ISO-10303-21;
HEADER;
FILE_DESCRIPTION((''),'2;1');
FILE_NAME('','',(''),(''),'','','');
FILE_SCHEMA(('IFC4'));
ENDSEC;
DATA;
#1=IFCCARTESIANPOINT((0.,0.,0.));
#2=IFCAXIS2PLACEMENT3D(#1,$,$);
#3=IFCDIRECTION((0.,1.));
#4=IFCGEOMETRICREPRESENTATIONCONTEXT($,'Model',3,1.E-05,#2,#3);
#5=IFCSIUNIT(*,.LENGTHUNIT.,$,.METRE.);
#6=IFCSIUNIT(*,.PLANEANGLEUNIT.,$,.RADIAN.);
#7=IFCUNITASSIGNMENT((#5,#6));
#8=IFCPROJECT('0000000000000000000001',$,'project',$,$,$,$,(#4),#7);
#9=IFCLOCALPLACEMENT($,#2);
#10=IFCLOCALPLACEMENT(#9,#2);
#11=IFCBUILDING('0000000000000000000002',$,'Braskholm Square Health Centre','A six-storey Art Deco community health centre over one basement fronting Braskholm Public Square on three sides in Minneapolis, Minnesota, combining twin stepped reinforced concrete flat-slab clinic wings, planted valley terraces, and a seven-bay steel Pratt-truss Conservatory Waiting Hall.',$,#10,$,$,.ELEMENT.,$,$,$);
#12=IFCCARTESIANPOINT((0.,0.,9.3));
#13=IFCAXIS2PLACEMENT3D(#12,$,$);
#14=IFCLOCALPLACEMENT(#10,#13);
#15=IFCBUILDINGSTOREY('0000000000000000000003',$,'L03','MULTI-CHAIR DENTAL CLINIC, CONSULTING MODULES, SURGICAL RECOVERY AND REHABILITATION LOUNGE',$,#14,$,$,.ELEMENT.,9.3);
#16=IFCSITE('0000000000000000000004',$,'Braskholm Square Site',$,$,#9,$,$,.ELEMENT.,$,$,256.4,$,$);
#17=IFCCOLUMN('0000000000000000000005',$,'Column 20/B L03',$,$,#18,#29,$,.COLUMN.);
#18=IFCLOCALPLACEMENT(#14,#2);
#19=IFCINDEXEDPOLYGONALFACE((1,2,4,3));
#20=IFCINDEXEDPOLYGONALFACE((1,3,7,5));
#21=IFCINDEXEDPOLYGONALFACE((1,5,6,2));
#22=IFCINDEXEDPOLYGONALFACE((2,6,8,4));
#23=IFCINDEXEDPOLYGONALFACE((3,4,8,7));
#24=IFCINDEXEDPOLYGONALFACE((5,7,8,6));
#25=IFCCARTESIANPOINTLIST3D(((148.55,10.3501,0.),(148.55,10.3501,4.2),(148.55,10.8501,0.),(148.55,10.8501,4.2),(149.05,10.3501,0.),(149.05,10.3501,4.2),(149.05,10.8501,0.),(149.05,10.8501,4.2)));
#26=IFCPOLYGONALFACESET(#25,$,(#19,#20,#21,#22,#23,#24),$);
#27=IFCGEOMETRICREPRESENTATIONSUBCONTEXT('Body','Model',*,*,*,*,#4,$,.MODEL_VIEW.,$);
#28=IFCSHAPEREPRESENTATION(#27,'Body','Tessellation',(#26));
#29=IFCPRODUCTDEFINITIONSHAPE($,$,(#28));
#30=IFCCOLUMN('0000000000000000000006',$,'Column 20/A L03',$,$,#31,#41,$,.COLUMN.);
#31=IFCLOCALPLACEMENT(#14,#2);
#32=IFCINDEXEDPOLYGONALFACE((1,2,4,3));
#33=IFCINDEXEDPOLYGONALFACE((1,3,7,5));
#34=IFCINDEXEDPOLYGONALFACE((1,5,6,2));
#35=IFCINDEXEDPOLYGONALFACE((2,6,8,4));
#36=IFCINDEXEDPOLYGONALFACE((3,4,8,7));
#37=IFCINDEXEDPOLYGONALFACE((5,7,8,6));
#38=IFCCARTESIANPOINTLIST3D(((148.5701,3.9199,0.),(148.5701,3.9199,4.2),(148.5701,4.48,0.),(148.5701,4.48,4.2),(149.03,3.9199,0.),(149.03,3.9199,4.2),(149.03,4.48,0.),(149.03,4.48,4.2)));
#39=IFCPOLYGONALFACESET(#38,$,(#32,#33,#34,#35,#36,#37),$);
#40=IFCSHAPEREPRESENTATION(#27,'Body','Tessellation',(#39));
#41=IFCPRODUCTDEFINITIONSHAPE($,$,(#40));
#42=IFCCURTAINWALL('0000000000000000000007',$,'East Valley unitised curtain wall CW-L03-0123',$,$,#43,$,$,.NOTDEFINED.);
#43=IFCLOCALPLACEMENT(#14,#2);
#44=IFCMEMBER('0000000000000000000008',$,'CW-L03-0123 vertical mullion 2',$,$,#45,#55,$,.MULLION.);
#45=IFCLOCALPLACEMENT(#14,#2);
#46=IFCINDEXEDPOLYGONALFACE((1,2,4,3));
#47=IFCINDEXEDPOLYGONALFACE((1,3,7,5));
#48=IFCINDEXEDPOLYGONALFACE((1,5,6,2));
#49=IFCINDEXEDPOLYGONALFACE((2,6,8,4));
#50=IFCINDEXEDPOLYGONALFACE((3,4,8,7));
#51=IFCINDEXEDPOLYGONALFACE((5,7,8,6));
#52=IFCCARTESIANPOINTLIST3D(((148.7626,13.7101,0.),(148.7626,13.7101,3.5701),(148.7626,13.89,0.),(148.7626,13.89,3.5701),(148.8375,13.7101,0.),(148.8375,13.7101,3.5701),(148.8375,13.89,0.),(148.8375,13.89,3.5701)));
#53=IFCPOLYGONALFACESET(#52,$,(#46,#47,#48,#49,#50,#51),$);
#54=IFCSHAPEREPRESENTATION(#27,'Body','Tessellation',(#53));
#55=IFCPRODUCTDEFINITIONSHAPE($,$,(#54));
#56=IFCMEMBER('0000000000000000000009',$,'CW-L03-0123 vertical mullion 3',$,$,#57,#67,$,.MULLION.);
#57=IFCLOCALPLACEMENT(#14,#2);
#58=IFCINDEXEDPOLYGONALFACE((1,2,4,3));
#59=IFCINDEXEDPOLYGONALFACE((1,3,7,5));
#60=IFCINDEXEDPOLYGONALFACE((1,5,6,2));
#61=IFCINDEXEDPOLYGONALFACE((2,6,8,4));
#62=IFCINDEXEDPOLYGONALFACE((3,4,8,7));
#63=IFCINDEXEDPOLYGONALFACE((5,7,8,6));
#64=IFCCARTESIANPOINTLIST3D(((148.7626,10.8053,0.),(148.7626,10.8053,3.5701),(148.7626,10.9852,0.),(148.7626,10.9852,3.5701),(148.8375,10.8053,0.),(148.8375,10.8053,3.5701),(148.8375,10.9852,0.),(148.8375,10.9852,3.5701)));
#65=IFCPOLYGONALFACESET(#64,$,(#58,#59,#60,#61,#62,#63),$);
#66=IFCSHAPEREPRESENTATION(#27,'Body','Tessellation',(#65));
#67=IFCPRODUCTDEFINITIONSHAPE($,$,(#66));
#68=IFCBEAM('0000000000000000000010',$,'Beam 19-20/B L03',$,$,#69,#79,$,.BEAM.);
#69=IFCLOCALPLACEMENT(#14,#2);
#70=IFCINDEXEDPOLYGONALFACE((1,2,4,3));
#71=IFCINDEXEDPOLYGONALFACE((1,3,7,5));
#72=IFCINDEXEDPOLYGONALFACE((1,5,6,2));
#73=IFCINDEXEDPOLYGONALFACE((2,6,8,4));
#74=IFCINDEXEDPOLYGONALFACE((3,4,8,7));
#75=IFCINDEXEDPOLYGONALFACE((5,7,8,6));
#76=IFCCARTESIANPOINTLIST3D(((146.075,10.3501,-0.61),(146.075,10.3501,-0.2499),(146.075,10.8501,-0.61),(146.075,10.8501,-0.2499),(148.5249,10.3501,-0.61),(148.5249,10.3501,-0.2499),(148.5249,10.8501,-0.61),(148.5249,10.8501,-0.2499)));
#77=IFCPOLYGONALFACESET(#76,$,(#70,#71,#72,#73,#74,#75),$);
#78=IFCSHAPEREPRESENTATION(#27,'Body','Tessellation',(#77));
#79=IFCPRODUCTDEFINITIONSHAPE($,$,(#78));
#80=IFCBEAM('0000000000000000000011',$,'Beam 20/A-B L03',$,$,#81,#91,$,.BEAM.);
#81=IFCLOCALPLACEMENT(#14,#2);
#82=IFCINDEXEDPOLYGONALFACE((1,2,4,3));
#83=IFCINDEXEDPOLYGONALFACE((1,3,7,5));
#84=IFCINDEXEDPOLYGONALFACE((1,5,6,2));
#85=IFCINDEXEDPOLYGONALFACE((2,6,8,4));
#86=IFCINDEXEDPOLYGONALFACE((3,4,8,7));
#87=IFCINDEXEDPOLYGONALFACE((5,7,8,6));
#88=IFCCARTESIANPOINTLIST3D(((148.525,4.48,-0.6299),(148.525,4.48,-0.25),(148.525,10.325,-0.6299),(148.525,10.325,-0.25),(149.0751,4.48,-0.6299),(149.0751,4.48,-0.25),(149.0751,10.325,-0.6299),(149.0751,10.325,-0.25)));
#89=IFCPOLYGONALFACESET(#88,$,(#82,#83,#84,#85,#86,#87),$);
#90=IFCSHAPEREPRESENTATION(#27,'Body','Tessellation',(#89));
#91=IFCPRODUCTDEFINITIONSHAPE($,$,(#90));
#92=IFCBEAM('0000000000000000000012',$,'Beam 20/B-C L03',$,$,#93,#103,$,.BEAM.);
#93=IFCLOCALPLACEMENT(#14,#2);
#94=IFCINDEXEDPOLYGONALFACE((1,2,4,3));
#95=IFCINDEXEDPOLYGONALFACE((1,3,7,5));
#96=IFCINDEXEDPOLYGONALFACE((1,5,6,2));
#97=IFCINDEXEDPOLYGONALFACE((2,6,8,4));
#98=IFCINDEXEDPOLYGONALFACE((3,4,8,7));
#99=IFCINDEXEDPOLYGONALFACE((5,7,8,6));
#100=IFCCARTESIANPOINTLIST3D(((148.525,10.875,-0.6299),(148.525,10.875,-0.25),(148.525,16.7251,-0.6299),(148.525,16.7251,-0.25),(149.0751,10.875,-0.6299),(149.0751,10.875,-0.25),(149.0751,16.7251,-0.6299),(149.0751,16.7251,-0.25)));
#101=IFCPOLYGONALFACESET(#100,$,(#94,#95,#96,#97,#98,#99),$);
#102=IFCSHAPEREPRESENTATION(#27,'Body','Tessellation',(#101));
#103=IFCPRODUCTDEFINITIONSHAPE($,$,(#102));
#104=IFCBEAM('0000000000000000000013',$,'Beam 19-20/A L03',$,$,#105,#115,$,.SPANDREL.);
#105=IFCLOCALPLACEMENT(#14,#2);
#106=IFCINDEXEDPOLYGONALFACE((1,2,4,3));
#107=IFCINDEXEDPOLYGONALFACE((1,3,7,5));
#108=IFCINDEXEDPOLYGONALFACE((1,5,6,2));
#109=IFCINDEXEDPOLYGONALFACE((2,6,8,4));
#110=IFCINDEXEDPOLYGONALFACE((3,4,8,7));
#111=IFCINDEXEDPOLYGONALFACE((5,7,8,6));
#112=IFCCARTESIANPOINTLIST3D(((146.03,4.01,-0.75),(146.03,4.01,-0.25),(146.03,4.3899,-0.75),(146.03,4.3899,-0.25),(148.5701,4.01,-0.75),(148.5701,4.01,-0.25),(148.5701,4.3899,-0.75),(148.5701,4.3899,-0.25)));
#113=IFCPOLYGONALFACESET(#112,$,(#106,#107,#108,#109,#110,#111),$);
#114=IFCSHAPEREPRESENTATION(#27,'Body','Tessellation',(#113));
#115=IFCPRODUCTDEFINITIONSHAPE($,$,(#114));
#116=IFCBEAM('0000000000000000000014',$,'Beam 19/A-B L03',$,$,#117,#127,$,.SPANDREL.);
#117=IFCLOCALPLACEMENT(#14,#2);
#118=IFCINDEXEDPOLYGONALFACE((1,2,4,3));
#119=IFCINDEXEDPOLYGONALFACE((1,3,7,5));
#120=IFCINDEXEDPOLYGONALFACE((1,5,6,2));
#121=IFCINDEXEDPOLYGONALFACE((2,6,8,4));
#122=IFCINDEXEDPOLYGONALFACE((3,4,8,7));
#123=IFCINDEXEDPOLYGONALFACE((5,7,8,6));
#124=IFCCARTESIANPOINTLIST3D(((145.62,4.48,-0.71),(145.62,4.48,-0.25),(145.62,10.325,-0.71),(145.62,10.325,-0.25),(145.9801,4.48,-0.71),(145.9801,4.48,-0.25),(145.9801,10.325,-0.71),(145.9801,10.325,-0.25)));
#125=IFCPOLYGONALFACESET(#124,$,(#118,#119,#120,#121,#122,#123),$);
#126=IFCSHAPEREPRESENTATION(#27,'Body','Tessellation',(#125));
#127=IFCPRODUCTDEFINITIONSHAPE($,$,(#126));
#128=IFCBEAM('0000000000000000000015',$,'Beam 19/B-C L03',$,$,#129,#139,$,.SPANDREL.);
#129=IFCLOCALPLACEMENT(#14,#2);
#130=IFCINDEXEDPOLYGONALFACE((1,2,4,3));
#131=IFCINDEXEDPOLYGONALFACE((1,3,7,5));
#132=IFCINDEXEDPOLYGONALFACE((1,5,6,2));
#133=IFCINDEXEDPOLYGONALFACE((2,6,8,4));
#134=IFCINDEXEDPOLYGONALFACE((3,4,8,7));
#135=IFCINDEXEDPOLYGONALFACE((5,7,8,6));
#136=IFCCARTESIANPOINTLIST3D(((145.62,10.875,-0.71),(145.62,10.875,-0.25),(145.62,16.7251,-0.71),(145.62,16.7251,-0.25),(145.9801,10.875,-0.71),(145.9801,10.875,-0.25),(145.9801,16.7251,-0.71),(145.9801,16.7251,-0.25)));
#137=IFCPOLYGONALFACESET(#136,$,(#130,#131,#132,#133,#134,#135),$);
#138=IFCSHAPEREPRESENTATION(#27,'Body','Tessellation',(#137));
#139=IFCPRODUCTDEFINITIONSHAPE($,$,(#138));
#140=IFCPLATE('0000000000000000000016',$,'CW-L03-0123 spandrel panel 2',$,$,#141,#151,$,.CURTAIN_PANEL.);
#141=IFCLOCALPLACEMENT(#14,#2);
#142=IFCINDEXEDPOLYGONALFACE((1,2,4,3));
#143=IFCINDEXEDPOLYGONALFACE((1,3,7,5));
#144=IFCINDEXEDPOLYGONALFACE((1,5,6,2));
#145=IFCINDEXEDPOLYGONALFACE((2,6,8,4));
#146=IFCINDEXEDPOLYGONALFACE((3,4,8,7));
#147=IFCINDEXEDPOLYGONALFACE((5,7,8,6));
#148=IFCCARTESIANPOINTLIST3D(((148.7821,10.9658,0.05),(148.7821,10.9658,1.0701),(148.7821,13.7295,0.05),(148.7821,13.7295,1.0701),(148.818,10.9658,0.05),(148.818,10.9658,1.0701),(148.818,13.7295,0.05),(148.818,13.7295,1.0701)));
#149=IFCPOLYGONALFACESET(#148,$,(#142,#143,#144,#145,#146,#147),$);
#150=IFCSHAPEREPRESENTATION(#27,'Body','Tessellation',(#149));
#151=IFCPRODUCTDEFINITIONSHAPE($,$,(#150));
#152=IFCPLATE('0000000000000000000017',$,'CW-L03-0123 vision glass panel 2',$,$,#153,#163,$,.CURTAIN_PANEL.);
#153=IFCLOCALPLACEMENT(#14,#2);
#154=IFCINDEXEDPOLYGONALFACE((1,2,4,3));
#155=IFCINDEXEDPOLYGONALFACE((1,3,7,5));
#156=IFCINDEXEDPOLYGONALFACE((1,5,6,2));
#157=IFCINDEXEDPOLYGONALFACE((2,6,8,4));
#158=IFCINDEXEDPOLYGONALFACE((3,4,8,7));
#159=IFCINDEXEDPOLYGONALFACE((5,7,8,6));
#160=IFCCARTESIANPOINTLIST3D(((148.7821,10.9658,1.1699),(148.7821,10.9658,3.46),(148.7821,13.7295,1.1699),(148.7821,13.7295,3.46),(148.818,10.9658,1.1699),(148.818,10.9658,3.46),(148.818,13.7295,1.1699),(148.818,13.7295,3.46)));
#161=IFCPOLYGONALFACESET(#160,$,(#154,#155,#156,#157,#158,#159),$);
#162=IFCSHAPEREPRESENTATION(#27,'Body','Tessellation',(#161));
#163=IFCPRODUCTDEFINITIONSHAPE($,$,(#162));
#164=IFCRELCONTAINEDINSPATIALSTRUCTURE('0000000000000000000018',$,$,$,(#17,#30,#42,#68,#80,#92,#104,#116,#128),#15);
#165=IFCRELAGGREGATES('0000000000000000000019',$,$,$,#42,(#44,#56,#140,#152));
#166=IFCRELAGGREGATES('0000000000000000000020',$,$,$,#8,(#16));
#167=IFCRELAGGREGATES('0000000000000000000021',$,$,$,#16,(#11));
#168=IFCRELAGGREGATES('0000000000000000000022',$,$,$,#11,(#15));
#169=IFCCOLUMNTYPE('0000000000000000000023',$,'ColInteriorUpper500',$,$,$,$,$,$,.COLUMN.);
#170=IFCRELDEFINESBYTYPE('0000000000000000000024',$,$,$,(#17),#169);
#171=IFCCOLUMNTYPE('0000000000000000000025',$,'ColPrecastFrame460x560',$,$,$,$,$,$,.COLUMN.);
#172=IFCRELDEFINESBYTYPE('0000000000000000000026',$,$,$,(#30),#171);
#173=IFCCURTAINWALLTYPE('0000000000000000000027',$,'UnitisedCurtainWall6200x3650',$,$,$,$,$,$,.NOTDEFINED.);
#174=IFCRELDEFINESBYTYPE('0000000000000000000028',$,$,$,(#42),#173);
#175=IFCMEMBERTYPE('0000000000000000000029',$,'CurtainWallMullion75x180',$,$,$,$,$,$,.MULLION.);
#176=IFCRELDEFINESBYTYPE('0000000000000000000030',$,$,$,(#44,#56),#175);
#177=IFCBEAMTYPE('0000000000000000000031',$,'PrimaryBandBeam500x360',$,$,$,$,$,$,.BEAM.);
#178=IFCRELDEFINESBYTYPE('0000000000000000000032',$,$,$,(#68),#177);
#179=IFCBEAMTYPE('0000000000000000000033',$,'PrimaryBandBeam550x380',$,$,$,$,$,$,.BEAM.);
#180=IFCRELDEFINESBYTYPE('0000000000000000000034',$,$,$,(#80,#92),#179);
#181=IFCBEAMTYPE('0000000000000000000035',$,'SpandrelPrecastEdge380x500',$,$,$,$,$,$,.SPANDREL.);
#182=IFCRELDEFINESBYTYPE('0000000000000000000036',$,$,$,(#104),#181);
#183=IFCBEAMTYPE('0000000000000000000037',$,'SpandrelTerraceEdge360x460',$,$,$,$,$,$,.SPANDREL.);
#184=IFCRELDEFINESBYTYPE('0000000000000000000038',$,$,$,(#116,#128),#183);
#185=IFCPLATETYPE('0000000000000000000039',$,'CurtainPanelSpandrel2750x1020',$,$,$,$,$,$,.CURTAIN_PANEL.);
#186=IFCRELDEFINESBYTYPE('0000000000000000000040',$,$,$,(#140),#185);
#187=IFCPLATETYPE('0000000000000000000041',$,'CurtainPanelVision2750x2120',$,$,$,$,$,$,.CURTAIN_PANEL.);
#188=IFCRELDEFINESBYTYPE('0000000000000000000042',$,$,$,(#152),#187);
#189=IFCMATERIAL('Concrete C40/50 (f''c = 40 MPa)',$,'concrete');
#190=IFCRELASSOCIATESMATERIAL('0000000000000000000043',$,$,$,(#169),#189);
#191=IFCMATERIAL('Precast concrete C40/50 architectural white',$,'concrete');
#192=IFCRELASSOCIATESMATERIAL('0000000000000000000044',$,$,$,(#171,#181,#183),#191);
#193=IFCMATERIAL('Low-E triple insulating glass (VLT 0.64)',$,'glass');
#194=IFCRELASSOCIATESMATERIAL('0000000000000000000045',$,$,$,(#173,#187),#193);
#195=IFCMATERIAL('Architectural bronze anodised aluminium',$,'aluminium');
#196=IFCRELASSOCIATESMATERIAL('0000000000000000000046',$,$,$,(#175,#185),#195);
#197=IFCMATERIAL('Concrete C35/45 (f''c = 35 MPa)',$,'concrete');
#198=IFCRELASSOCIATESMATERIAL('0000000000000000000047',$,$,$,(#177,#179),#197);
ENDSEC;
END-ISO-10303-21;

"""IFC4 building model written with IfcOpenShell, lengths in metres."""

from ifc_helpers import new_model, si_unit, direction, frame, origin, origin_2d, place, context, subcontext, project, spatial, rectangle, extrude, material, material_profile, profile_set, type_object, element, aggregate, save


model = new_model("IFC4")

# Units and contexts
model_context = context("Model", 3, precision=1e-05, world=origin(), true_north=direction((0.0, 1.0)))
body_context = subcontext(model_context, "Body", "Model", "MODEL_VIEW")
ifc_project = project(units=[si_unit("LENGTHUNIT", "METRE"), si_unit("PLANEANGLEUNIT", "RADIAN")], contexts=[model_context])

# Site, building, storey
site_placement = place(None, origin())
site = spatial("IfcSite", under=ifc_project, at=site_placement, Name="Braskholm Square Site", CompositionType="ELEMENT", RefElevation=256.4)
building_placement = place(site_placement, origin())
building = spatial("IfcBuilding", under=site, at=building_placement, Name="Braskholm Square Health Centre", Description="A six-storey Art Deco community health centre over one basement fronting Braskholm Public Square on three sides in Minneapolis, Minnesota, combining twin stepped reinforced concrete flat-slab clinic wings, planted valley terraces, and a seven-bay steel Pratt-truss Conservatory Waiting Hall.", CompositionType="ELEMENT")
storey_placement = place(building_placement, frame((0.0, 0.0, 9.3)))
storey = spatial("IfcBuildingStorey", under=building, at=storey_placement, Name="L03", Description="MULTI-CHAIR DENTAL CLINIC, CONSULTING MODULES, SURGICAL RECOVERY AND REHABILITATION LOUNGE", CompositionType="ELEMENT", Elevation=9.3)

# Columns
ifc_material_1 = material(Name="Concrete C40/50 (f'c = 40 MPa)", Category="concrete")
ifc_material_profile_1 = material_profile(ifc_material_1, rectangle(XDim=0.5, YDim=0.5, at=origin_2d()), Name="RC-500X500")
ifc_profile_set_1 = profile_set([ifc_material_profile_1], Name="Concrete C40/50 (f'c = 40 MPa)")
column_type_1 = type_object("IfcColumnType", Name="ColInteriorUpper500", PredefinedType="COLUMN", material=ifc_profile_set_1)
column_1_placement = place(storey_placement, frame((148.8, 10.6001, 0.0), z_axis=(0.0, 0.0, 1.0), x_axis=(1.0, 0.0, 0.0)))
element("IfcColumn", 1, at=column_1_placement, inside=storey, type_object=column_type_1, Name="Column 20/B L03", PredefinedType="COLUMN", context=body_context, shape_type="SweptSolid", body=[
    extrude(rectangle(XDim=0.5, YDim=0.5, at=origin_2d()), origin(), (0.0, 0.0, 1.0), 4.2),
])
ifc_material_2 = material(Name="Precast concrete C40/50 architectural white", Category="concrete")
ifc_material_profile_2 = material_profile(ifc_material_2, rectangle(XDim=0.46, YDim=0.5601, at=origin_2d()), Name="RC-460X560")
ifc_profile_set_2 = profile_set([ifc_material_profile_2], Name="Precast concrete C40/50 architectural white")
column_type_2 = type_object("IfcColumnType", Name="ColPrecastFrame460x560", PredefinedType="COLUMN", material=ifc_profile_set_2)
column_2_placement = place(storey_placement, frame((148.8, 4.2, 0.0), z_axis=(0.0, 0.0, 1.0), x_axis=(1.0, 0.0, 0.0)))
element("IfcColumn", 2, at=column_2_placement, inside=storey, type_object=column_type_2, Name="Column 20/A L03", PredefinedType="COLUMN", context=body_context, shape_type="SweptSolid", body=[
    extrude(rectangle(XDim=0.46, YDim=0.5601, at=origin_2d()), origin(), (0.0, 0.0, 1.0), 4.2),
])

# Curtain wall, members
ifc_material_3 = material(Name="Low-E triple insulating glass (VLT 0.64)", Category="glass")
curtain_wall_type = type_object("IfcCurtainWallType", Name="UnitisedCurtainWall6200x3650", PredefinedType="NOTDEFINED", material=ifc_material_3)
curtain_wall_placement = place(storey_placement, origin())
curtain_wall = element("IfcCurtainWall", 3, at=curtain_wall_placement, inside=storey, type_object=curtain_wall_type, Name="East Valley unitised curtain wall CW-L03-0123", PredefinedType="NOTDEFINED")
ifc_material_4 = material(Name="Architectural bronze anodised aluminium", Category="aluminium")
ifc_material_profile_3 = material_profile(ifc_material_4, rectangle(XDim=0.075, YDim=0.1799, at=origin_2d()), Name="ALU-75X180")
ifc_profile_set_3 = profile_set([ifc_material_profile_3], Name="Architectural bronze anodised aluminium")
member_type = type_object("IfcMemberType", Name="CurtainWallMullion75x180", PredefinedType="MULLION", material=ifc_profile_set_3)
member_1_placement = place(storey_placement, frame((148.8, 13.8, 0.0), z_axis=(0.0, 0.0, 1.0), x_axis=(1.0, 0.0, 0.0)))
member_1 = element("IfcMember", 4, at=member_1_placement, type_object=member_type, Name="CW-L03-0123 vertical mullion 2", PredefinedType="MULLION", context=body_context, shape_type="SweptSolid", body=[
    extrude(rectangle(XDim=0.075, YDim=0.1799, at=origin_2d()), origin(), (0.0, 0.0, 1.0), 3.5701),
])
member_2_placement = place(storey_placement, frame((148.8, 10.8953, 0.0), z_axis=(0.0, 0.0, 1.0), x_axis=(1.0, 0.0, 0.0)))
member_2 = element("IfcMember", 5, at=member_2_placement, type_object=member_type, Name="CW-L03-0123 vertical mullion 3", PredefinedType="MULLION", context=body_context, shape_type="SweptSolid", body=[
    extrude(rectangle(XDim=0.075, YDim=0.1799, at=origin_2d()), origin(), (0.0, 0.0, 1.0), 3.5701),
])

# Beams
ifc_material_5 = material(Name="Concrete C35/45 (f'c = 35 MPa)", Category="concrete")
ifc_material_profile_4 = material_profile(ifc_material_5, rectangle(XDim=0.5, YDim=0.3601, at=origin_2d()), Name="RCB-500X360")
ifc_profile_set_4 = profile_set([ifc_material_profile_4], Name="Concrete C35/45 (f'c = 35 MPa)")
beam_type_1 = type_object("IfcBeamType", Name="PrimaryBandBeam500x360", PredefinedType="BEAM", material=ifc_profile_set_4)
beam_1_placement = place(storey_placement, frame((146.075, 10.6001, -0.4299), z_axis=(1.0, 0.0, 0.0), x_axis=(0.0, 1.0, 0.0)))
element("IfcBeam", 6, at=beam_1_placement, inside=storey, type_object=beam_type_1, Name="Beam 19-20/B L03", PredefinedType="BEAM", context=body_context, shape_type="SweptSolid", body=[
    extrude(rectangle(XDim=0.5, YDim=0.3601, at=origin_2d()), origin(), (0.0, 0.0, 1.0), 2.45),
])
ifc_material_profile_5 = material_profile(ifc_material_5, rectangle(XDim=0.55, YDim=0.3799, at=origin_2d()), Name="RCB-550X380")
ifc_profile_set_5 = profile_set([ifc_material_profile_5], Name="Concrete C35/45 (f'c = 35 MPa)")
beam_type_2 = type_object("IfcBeamType", Name="PrimaryBandBeam550x380", PredefinedType="BEAM", material=ifc_profile_set_5)
beam_2_placement = place(storey_placement, frame((148.8, 4.48, -0.4399), z_axis=(0.0, 1.0, 0.0), x_axis=(-1.0, 0.0, 0.0)))
element("IfcBeam", 7, at=beam_2_placement, inside=storey, type_object=beam_type_2, Name="Beam 20/A-B L03", PredefinedType="BEAM", context=body_context, shape_type="SweptSolid", body=[
    extrude(rectangle(XDim=0.55, YDim=0.3799, at=origin_2d()), origin(), (0.0, 0.0, 1.0), 5.845),
])
beam_3_placement = place(storey_placement, frame((148.8, 10.875, -0.4399), z_axis=(0.0, 1.0, 0.0), x_axis=(-1.0, 0.0, 0.0)))
element("IfcBeam", 8, at=beam_3_placement, inside=storey, type_object=beam_type_2, Name="Beam 20/B-C L03", PredefinedType="BEAM", context=body_context, shape_type="SweptSolid", body=[
    extrude(rectangle(XDim=0.55, YDim=0.3799, at=origin_2d()), origin(), (0.0, 0.0, 1.0), 5.8501),
])
ifc_material_profile_6 = material_profile(ifc_material_2, rectangle(XDim=0.3799, YDim=0.5, at=origin_2d()), Name="RCB-380X500")
ifc_profile_set_6 = profile_set([ifc_material_profile_6], Name="Precast concrete C40/50 architectural white")
beam_type_3 = type_object("IfcBeamType", Name="SpandrelPrecastEdge380x500", PredefinedType="SPANDREL", material=ifc_profile_set_6)
beam_4_placement = place(storey_placement, frame((146.03, 4.2, -0.5), z_axis=(1.0, 0.0, 0.0), x_axis=(0.0, 1.0, 0.0)))
element("IfcBeam", 9, at=beam_4_placement, inside=storey, type_object=beam_type_3, Name="Beam 19-20/A L03", PredefinedType="SPANDREL", context=body_context, shape_type="SweptSolid", body=[
    extrude(rectangle(XDim=0.3799, YDim=0.5, at=origin_2d()), origin(), (0.0, 0.0, 1.0), 2.54),
])
ifc_material_profile_7 = material_profile(ifc_material_2, rectangle(XDim=0.3601, YDim=0.46, at=origin_2d()), Name="RCB-360X460")
ifc_profile_set_7 = profile_set([ifc_material_profile_7], Name="Precast concrete C40/50 architectural white")
beam_type_4 = type_object("IfcBeamType", Name="SpandrelTerraceEdge360x460", PredefinedType="SPANDREL", material=ifc_profile_set_7)
beam_5_placement = place(storey_placement, frame((145.8, 4.48, -0.48), z_axis=(0.0, 1.0, 0.0), x_axis=(-1.0, 0.0, 0.0)))
element("IfcBeam", 10, at=beam_5_placement, inside=storey, type_object=beam_type_4, Name="Beam 19/A-B L03", PredefinedType="SPANDREL", context=body_context, shape_type="SweptSolid", body=[
    extrude(rectangle(XDim=0.3601, YDim=0.46, at=origin_2d()), origin(), (0.0, 0.0, 1.0), 5.845),
])
beam_6_placement = place(storey_placement, frame((145.8, 10.875, -0.48), z_axis=(0.0, 1.0, 0.0), x_axis=(-1.0, 0.0, 0.0)))
element("IfcBeam", 11, at=beam_6_placement, inside=storey, type_object=beam_type_4, Name="Beam 19/B-C L03", PredefinedType="SPANDREL", context=body_context, shape_type="SweptSolid", body=[
    extrude(rectangle(XDim=0.3601, YDim=0.46, at=origin_2d()), origin(), (0.0, 0.0, 1.0), 5.8501),
])

# Plates
plate_type_1 = type_object("IfcPlateType", Name="CurtainPanelSpandrel2750x1020", PredefinedType="CURTAIN_PANEL", material=ifc_material_4)
plate_1_placement = place(storey_placement, frame((148.8, 12.3477, 0.05), z_axis=(0.0, 0.0, 1.0), x_axis=(0.0, -1.0, 0.0)))
plate_1 = element("IfcPlate", 12, at=plate_1_placement, type_object=plate_type_1, Name="CW-L03-0123 spandrel panel 2", PredefinedType="CURTAIN_PANEL", context=body_context, shape_type="SweptSolid", body=[
    extrude(rectangle(XDim=2.7637, YDim=0.0359, at=origin_2d()), origin(), (0.0, 0.0, 1.0), 1.02),
])
plate_type_2 = type_object("IfcPlateType", Name="CurtainPanelVision2750x2120", PredefinedType="CURTAIN_PANEL", material=ifc_material_3)
plate_2_placement = place(storey_placement, frame((148.8, 12.3477, 1.1699), z_axis=(0.0, 0.0, 1.0), x_axis=(0.0, -1.0, 0.0)))
plate_2 = element("IfcPlate", 13, at=plate_2_placement, type_object=plate_type_2, Name="CW-L03-0123 vision glass panel 2", PredefinedType="CURTAIN_PANEL", context=body_context, shape_type="SweptSolid", body=[
    extrude(rectangle(XDim=2.7637, YDim=0.0359, at=origin_2d()), origin(), (0.0, 0.0, 1.0), 2.29),
])
aggregate(curtain_wall, [member_1, member_2, plate_1, plate_2])

save(model, "model.ifc")
